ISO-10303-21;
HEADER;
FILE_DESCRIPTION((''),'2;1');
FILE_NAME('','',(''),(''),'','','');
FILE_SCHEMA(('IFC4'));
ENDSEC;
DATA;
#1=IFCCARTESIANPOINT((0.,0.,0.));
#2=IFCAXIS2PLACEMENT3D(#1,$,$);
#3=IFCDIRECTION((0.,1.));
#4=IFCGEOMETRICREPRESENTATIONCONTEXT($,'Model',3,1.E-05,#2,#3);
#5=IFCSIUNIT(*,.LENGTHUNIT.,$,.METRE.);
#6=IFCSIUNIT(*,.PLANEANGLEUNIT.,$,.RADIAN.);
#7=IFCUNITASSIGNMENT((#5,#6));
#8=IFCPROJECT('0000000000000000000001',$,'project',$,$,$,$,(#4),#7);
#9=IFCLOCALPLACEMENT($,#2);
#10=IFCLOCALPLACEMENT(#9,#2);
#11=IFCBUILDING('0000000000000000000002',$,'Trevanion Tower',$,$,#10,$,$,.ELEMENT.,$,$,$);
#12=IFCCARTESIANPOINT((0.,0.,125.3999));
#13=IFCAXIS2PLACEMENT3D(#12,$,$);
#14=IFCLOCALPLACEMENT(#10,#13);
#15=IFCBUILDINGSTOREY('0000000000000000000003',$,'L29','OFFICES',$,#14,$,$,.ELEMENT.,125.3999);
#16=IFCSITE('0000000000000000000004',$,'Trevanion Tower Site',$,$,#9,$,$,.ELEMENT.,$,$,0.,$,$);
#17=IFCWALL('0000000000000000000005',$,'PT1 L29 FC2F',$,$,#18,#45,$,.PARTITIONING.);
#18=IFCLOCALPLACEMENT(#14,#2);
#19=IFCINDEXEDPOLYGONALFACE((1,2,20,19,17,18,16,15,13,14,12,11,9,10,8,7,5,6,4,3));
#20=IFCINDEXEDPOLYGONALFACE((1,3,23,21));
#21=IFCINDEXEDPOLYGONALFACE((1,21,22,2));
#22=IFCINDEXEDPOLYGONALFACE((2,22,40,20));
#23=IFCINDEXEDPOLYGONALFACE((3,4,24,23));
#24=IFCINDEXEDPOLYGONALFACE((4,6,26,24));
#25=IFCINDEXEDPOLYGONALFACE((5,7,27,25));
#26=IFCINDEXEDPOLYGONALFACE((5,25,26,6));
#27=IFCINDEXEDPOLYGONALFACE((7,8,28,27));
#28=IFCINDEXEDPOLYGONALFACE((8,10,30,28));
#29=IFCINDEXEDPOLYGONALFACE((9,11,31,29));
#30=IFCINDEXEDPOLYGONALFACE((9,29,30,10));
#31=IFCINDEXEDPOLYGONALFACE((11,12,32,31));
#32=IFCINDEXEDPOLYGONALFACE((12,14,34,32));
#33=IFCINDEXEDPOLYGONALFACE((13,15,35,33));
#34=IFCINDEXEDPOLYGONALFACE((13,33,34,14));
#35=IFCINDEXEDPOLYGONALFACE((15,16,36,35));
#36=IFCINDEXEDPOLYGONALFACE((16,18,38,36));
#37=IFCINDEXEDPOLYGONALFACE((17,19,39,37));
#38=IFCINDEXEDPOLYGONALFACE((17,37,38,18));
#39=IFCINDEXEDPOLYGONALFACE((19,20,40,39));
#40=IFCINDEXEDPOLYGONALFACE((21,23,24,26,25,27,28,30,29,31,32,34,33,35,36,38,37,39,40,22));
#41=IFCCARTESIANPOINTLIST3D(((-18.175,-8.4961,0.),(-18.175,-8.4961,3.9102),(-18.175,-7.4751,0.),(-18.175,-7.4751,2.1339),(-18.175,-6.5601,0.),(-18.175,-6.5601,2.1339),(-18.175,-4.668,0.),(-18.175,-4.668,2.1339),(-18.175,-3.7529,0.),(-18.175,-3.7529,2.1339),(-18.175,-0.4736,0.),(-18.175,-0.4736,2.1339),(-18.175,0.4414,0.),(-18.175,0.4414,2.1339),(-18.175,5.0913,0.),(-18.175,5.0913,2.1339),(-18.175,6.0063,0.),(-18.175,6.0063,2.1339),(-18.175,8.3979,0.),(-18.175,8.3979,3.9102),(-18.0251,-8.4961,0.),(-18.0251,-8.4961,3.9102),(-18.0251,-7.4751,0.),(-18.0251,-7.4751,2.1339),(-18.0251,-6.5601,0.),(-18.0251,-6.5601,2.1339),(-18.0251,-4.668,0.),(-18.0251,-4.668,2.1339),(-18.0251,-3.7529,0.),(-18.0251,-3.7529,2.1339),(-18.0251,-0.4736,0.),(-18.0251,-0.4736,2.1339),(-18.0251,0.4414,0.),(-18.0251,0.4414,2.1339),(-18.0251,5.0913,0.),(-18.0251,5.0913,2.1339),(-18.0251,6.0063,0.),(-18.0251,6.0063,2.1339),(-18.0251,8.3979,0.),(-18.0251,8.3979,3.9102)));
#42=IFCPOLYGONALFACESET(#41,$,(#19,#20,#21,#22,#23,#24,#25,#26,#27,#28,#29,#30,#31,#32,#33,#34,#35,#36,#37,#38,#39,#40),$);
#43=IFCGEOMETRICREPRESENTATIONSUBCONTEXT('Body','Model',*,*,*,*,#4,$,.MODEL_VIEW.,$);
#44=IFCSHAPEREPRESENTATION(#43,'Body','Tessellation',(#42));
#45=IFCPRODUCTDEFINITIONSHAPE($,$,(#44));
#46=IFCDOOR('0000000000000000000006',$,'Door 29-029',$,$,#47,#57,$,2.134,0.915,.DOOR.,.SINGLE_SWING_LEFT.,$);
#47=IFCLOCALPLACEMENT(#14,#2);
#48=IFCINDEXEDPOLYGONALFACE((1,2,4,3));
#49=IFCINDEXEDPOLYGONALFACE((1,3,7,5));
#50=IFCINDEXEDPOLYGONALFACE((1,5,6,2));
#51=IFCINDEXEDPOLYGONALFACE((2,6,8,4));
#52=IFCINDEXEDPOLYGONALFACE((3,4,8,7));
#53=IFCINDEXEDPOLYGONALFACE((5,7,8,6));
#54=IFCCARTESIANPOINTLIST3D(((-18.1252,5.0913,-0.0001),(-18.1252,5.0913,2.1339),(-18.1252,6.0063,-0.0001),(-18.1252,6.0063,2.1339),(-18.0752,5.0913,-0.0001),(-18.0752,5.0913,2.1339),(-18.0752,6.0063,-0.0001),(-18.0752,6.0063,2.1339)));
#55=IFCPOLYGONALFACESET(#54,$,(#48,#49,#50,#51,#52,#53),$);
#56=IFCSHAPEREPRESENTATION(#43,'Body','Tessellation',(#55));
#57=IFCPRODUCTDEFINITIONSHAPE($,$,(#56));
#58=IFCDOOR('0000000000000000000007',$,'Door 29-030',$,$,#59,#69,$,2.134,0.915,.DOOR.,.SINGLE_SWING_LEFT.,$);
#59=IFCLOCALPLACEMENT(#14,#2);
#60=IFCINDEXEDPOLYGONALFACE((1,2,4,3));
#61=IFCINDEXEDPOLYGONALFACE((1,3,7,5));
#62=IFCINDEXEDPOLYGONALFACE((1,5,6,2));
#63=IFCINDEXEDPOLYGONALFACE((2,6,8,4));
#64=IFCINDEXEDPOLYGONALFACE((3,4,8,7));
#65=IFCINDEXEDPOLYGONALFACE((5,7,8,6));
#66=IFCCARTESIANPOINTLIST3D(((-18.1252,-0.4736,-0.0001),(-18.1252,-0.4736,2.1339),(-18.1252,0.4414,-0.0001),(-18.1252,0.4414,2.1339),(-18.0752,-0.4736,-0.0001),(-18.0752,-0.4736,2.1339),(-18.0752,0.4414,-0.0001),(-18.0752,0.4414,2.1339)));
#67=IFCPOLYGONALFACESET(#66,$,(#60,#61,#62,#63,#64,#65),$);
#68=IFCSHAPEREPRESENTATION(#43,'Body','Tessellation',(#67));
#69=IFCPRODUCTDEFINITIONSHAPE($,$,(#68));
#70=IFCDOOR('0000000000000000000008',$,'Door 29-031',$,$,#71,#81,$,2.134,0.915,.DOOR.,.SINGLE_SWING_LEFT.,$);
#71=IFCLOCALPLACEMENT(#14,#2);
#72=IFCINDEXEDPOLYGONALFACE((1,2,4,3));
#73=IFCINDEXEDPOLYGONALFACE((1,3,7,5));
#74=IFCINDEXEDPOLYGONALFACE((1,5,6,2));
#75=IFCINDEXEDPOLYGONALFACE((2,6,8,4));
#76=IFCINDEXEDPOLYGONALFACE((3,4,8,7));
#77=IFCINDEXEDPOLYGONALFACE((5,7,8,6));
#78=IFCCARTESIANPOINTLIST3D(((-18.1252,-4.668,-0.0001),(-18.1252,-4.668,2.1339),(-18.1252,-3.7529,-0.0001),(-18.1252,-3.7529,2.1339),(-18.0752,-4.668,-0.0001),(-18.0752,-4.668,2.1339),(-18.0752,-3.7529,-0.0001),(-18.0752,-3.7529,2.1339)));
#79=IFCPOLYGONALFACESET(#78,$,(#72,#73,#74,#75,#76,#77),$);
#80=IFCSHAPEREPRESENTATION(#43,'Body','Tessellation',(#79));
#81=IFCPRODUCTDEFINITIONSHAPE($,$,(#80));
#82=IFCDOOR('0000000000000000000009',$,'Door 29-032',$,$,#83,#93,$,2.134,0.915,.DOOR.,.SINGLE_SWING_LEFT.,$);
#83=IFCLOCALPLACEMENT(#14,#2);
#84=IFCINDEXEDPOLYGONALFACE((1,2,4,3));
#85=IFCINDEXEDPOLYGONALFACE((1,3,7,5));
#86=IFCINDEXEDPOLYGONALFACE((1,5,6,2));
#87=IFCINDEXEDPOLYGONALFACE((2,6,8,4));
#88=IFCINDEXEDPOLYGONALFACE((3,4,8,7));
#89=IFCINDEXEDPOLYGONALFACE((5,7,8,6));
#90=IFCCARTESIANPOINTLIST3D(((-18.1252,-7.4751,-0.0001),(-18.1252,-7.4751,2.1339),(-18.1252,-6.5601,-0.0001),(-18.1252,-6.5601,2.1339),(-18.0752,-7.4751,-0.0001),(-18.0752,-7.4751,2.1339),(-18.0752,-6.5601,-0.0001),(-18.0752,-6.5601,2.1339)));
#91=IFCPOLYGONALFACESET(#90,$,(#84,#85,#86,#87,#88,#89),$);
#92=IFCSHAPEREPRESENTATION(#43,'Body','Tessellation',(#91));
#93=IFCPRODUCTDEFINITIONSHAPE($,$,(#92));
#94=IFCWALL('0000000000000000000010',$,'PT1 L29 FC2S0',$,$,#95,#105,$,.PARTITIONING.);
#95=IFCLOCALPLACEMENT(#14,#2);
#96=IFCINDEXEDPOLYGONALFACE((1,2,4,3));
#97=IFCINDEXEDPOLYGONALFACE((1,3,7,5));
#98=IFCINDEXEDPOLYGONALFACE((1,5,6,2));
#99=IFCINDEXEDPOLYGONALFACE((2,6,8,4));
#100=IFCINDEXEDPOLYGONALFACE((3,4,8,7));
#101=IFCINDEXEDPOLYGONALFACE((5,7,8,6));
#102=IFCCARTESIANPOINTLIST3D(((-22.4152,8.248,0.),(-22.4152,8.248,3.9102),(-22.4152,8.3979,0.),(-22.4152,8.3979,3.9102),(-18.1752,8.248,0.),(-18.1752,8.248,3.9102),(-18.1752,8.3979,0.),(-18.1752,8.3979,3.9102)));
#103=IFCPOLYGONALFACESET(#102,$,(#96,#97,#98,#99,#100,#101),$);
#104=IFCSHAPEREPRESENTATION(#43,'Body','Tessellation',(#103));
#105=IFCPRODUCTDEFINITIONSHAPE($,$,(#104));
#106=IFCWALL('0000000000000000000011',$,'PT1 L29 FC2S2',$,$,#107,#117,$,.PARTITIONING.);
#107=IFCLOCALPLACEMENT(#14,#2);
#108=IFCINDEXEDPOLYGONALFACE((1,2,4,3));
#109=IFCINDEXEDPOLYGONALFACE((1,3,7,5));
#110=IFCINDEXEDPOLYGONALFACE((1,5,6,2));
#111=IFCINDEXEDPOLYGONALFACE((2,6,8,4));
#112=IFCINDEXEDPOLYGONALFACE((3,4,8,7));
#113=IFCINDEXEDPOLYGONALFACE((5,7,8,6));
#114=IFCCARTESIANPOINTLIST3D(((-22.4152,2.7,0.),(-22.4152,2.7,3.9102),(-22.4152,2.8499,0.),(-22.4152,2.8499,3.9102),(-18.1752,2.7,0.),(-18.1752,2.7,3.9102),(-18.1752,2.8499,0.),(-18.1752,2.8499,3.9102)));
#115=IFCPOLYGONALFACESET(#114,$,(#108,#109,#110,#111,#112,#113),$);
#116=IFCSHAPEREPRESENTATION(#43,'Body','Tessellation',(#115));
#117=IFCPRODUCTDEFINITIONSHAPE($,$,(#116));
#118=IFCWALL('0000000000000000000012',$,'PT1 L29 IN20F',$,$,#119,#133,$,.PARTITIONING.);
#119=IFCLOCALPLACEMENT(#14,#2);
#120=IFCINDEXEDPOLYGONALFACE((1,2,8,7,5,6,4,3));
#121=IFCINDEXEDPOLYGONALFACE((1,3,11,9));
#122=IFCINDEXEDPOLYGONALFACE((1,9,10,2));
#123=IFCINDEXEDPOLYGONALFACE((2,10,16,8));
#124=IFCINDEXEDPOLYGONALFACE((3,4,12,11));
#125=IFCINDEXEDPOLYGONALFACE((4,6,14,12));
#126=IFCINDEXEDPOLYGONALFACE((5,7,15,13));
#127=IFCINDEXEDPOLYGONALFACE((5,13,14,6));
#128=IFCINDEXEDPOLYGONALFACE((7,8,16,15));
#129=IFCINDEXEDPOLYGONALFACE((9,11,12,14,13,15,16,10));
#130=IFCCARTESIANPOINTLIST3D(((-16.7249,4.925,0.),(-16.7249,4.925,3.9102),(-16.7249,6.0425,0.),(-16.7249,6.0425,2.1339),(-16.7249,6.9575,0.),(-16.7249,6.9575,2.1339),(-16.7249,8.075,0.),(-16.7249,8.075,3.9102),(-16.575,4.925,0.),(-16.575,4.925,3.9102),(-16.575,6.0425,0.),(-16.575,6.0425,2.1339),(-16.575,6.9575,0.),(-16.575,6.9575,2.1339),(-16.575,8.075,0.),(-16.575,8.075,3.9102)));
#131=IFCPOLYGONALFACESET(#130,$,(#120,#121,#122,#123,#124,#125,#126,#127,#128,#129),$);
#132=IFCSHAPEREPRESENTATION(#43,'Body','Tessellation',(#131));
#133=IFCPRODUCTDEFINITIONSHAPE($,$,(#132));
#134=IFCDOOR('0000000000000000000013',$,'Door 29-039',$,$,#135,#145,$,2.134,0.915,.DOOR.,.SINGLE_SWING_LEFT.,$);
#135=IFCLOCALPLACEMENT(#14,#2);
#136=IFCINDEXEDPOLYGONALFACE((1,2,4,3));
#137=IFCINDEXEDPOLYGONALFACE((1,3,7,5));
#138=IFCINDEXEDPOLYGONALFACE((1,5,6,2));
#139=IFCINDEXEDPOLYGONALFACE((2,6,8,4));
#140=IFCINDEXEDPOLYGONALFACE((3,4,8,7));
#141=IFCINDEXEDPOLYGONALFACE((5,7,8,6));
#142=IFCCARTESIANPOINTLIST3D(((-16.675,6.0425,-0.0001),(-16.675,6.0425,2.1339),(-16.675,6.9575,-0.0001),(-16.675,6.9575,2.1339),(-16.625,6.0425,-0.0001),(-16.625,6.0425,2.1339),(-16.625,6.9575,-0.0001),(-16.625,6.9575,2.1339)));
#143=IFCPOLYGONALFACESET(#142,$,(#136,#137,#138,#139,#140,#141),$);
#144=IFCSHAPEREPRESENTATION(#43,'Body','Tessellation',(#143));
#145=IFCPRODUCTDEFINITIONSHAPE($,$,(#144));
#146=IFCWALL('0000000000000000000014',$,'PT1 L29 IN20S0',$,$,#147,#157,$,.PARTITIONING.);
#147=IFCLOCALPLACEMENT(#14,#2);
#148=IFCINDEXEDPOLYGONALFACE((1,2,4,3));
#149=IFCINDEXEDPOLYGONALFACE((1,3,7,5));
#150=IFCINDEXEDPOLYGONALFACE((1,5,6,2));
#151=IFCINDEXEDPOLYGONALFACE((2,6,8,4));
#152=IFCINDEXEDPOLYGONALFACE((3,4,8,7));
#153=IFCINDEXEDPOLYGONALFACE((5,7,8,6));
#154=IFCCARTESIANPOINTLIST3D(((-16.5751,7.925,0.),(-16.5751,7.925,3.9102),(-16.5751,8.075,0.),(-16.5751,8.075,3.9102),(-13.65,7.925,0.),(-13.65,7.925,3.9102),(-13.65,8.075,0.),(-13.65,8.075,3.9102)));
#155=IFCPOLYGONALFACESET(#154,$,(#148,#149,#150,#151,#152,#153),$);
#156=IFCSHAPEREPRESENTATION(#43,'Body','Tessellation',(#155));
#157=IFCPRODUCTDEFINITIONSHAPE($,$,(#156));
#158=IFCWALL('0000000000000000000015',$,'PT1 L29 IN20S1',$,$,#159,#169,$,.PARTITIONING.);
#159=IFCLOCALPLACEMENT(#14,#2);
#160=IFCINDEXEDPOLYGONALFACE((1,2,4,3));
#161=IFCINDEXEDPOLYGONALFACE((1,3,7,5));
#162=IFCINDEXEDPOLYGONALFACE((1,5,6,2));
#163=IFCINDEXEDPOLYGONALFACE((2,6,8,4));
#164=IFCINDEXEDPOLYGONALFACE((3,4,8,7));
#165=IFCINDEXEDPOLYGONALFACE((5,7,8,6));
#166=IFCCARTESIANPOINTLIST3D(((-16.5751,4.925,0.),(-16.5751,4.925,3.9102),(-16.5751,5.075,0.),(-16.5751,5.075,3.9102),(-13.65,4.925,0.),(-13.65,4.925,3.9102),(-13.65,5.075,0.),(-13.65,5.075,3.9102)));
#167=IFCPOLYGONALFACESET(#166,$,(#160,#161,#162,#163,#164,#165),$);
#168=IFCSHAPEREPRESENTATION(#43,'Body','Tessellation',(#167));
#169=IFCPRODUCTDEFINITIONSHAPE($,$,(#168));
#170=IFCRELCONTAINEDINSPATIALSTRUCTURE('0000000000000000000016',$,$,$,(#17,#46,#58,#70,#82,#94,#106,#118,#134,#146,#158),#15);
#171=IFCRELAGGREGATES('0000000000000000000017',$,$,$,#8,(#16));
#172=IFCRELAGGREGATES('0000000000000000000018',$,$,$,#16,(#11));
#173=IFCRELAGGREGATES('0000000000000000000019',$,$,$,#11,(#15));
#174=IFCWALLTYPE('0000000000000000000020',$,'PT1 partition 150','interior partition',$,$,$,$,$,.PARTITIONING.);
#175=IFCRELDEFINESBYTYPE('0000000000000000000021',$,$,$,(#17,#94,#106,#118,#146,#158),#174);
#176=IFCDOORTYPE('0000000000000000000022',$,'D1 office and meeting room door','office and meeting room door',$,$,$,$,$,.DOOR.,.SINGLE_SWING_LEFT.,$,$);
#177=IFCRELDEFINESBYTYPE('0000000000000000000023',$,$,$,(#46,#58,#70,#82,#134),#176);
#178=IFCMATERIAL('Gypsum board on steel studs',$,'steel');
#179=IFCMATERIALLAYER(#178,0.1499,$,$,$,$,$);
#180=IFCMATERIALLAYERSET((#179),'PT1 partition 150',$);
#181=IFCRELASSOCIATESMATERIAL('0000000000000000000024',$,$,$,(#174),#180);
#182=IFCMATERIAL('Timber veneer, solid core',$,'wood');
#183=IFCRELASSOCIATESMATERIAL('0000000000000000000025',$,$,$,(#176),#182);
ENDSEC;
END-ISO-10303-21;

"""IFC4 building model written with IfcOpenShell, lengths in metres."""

from ifc_helpers import new_model, si_unit, direction, frame, frame_2d, origin, place, context, subcontext, project, spatial, rectangle, extrude, material, layer, layer_set, type_object, element, fill, save


model = new_model("IFC4")

# Units and contexts
model_context = context("Model", 3, precision=1e-05, world=origin(), true_north=direction((0.0, 1.0)))
body_context = subcontext(model_context, "Body", "Model", "MODEL_VIEW")
ifc_project = project(units=[si_unit("LENGTHUNIT", "METRE"), si_unit("PLANEANGLEUNIT", "RADIAN")], contexts=[model_context])

# Site, building, storey
site_placement = place(None, origin())
site = spatial("IfcSite", under=ifc_project, at=site_placement, Name="Trevanion Tower Site", CompositionType="ELEMENT", RefElevation=0.0)
building_placement = place(site_placement, origin())
building = spatial("IfcBuilding", under=site, at=building_placement, Name="Trevanion Tower", CompositionType="ELEMENT")
storey_placement = place(building_placement, frame((0.0, 0.0, 125.3999)))
storey = spatial("IfcBuildingStorey", under=building, at=storey_placement, Name="L29", Description="OFFICES", CompositionType="ELEMENT", Elevation=125.3999)

# Wall, openings, doors
ifc_material_1 = material(Name="Gypsum board on steel studs", Category="steel")
ifc_layer_1 = layer(ifc_material_1, 0.1499)
ifc_layer_set_1 = layer_set([ifc_layer_1], Name="PT1 partition 150")
wall_type = type_object("IfcWallType", Name="PT1 partition 150", Description="interior partition", PredefinedType="PARTITIONING", material=ifc_layer_set_1)
wall_1_placement = place(storey_placement, frame((-18.1001, 8.3979, 0.0), z_axis=(0.0, 0.0, 1.0), x_axis=(0.0, -1.0, 0.0)))
wall_1 = element("IfcWall", 1, at=wall_1_placement, inside=storey, type_object=wall_type, Name="PT1 L29 FC2F", PredefinedType="PARTITIONING", context=body_context, shape_type="SweptSolid", body=[
    extrude(rectangle(XDim=16.894, YDim=0.1499, at=frame_2d((8.447, 0.0))), origin(), (0.0, 0.0, 1.0), 3.9102),
])
opening_1_placement = place(wall_1_placement, frame((2.3916, 0.0, 0.0)))
opening_1 = element("IfcOpeningElement", 2, at=opening_1_placement, cuts=wall_1, PredefinedType="OPENING", context=body_context, shape_type="SweptSolid", body=[
    extrude(rectangle(XDim=0.915, YDim=2.134, at=frame_2d((0.4575, 1.0669))), frame((0.0, 0.085, 0.0), z_axis=(0.0, -1.0, 0.0), x_axis=(1.0, 0.0, 0.0)), (0.0, 0.0, 1.0), 0.1699),
])
opening_2_placement = place(wall_1_placement, frame((7.9565, 0.0, 0.0)))
opening_2 = element("IfcOpeningElement", 3, at=opening_2_placement, cuts=wall_1, PredefinedType="OPENING", context=body_context, shape_type="SweptSolid", body=[
    extrude(rectangle(XDim=0.915, YDim=2.134, at=frame_2d((0.4575, 1.0669))), frame((0.0, 0.085, 0.0), z_axis=(0.0, -1.0, 0.0), x_axis=(1.0, 0.0, 0.0)), (0.0, 0.0, 1.0), 0.1699),
])
opening_3_placement = place(wall_1_placement, frame((12.1509, 0.0, 0.0)))
opening_3 = element("IfcOpeningElement", 4, at=opening_3_placement, cuts=wall_1, PredefinedType="OPENING", context=body_context, shape_type="SweptSolid", body=[
    extrude(rectangle(XDim=0.915, YDim=2.134, at=frame_2d((0.4575, 1.0669))), frame((0.0, 0.085, 0.0), z_axis=(0.0, -1.0, 0.0), x_axis=(1.0, 0.0, 0.0)), (0.0, 0.0, 1.0), 0.1699),
])
opening_4_placement = place(wall_1_placement, frame((14.958, 0.0, 0.0)))
opening_4 = element("IfcOpeningElement", 5, at=opening_4_placement, cuts=wall_1, PredefinedType="OPENING", context=body_context, shape_type="SweptSolid", body=[
    extrude(rectangle(XDim=0.915, YDim=2.134, at=frame_2d((0.4575, 1.0669))), frame((0.0, 0.085, 0.0), z_axis=(0.0, -1.0, 0.0), x_axis=(1.0, 0.0, 0.0)), (0.0, 0.0, 1.0), 0.1699),
])
ifc_material_2 = material(Name="Timber veneer, solid core", Category="wood")
door_type = type_object("IfcDoorType", Name="D1 office and meeting room door", Description="office and meeting room door", OperationType="SINGLE_SWING_LEFT", PredefinedType="DOOR", material=ifc_material_2)
door_1_placement = place(opening_1_placement, origin())
door_1 = element("IfcDoor", 6, at=door_1_placement, inside=storey, type_object=door_type, Name="Door 29-029", OperationType="SINGLE_SWING_LEFT", OverallHeight=2.134, OverallWidth=0.915, PredefinedType="DOOR", context=body_context, shape_type="SweptSolid", body=[
    extrude(rectangle(XDim=0.915, YDim=2.134, at=frame_2d((0.4575, 1.0669))), frame((0.0, 0.0249, 0.0), z_axis=(0.0, -1.0, 0.0), x_axis=(1.0, 0.0, 0.0)), (0.0, 0.0, 1.0), 0.05),
])
fill(opening_1, door_1)
door_2_placement = place(opening_2_placement, origin())
door_2 = element("IfcDoor", 7, at=door_2_placement, inside=storey, type_object=door_type, Name="Door 29-030", OperationType="SINGLE_SWING_LEFT", OverallHeight=2.134, OverallWidth=0.915, PredefinedType="DOOR", context=body_context, shape_type="SweptSolid", body=[
    extrude(rectangle(XDim=0.915, YDim=2.134, at=frame_2d((0.4575, 1.0669))), frame((0.0, 0.0249, 0.0), z_axis=(0.0, -1.0, 0.0), x_axis=(1.0, 0.0, 0.0)), (0.0, 0.0, 1.0), 0.05),
])
fill(opening_2, door_2)
door_3_placement = place(opening_3_placement, origin())
door_3 = element("IfcDoor", 8, at=door_3_placement, inside=storey, type_object=door_type, Name="Door 29-031", OperationType="SINGLE_SWING_LEFT", OverallHeight=2.134, OverallWidth=0.915, PredefinedType="DOOR", context=body_context, shape_type="SweptSolid", body=[
    extrude(rectangle(XDim=0.915, YDim=2.134, at=frame_2d((0.4575, 1.0669))), frame((0.0, 0.0249, 0.0), z_axis=(0.0, -1.0, 0.0), x_axis=(1.0, 0.0, 0.0)), (0.0, 0.0, 1.0), 0.05),
])
fill(opening_3, door_3)
door_4_placement = place(opening_4_placement, origin())
door_4 = element("IfcDoor", 9, at=door_4_placement, inside=storey, type_object=door_type, Name="Door 29-032", OperationType="SINGLE_SWING_LEFT", OverallHeight=2.134, OverallWidth=0.915, PredefinedType="DOOR", context=body_context, shape_type="SweptSolid", body=[
    extrude(rectangle(XDim=0.915, YDim=2.134, at=frame_2d((0.4575, 1.0669))), frame((0.0, 0.0249, 0.0), z_axis=(0.0, -1.0, 0.0), x_axis=(1.0, 0.0, 0.0)), (0.0, 0.0, 1.0), 0.05),
])
fill(opening_4, door_4)

# Walls
for number, where, z_axis, x_axis, name in (
    (10, (-18.175, 8.323, 0.0), (0.0, 0.0, 1.0), (-1.0, 0.0, 0.0), "PT1 L29 FC2S0"),
    (11, (-18.175, 2.7749, 0.0), (0.0, 0.0, 1.0), (-1.0, 0.0, 0.0), "PT1 L29 FC2S2"),
):
    element("IfcWall", number, at=place(storey_placement, frame(where, z_axis=z_axis, x_axis=x_axis)), inside=storey, type_object=wall_type, Name=name, PredefinedType="PARTITIONING", context=body_context, shape_type="SweptSolid", body=[
        extrude(rectangle(XDim=4.24, YDim=0.1499, at=frame_2d((2.1201, 0.0))), origin(), (0.0, 0.0, 1.0), 3.9102),
    ])

# Wall, opening, door
wall_2_placement = place(storey_placement, frame((-16.6499, 8.075, 0.0), z_axis=(0.0, 0.0, 1.0), x_axis=(0.0, -1.0, 0.0)))
wall_2 = element("IfcWall", 12, at=wall_2_placement, inside=storey, type_object=wall_type, Name="PT1 L29 IN20F", PredefinedType="PARTITIONING", context=body_context, shape_type="SweptSolid", body=[
    extrude(rectangle(XDim=3.1499, YDim=0.1499, at=frame_2d((1.575, 0.0))), origin(), (0.0, 0.0, 1.0), 3.9102),
])
opening_5_placement = place(wall_2_placement, frame((1.1174, 0.0, 0.0)))
opening_5 = element("IfcOpeningElement", 13, at=opening_5_placement, cuts=wall_2, PredefinedType="OPENING", context=body_context, shape_type="SweptSolid", body=[
    extrude(rectangle(XDim=0.915, YDim=2.134, at=frame_2d((0.4575, 1.0669))), frame((0.0, 0.085, 0.0), z_axis=(0.0, -1.0, 0.0), x_axis=(1.0, 0.0, 0.0)), (0.0, 0.0, 1.0), 0.1699),
])
door_5_placement = place(opening_5_placement, origin())
door_5 = element("IfcDoor", 14, at=door_5_placement, inside=storey, type_object=door_type, Name="Door 29-039", OperationType="SINGLE_SWING_LEFT", OverallHeight=2.134, OverallWidth=0.915, PredefinedType="DOOR", context=body_context, shape_type="SweptSolid", body=[
    extrude(rectangle(XDim=0.915, YDim=2.134, at=frame_2d((0.4575, 1.0669))), frame((0.0, 0.0249, 0.0), z_axis=(0.0, -1.0, 0.0), x_axis=(1.0, 0.0, 0.0)), (0.0, 0.0, 1.0), 0.05),
])
fill(opening_5, door_5)

# Walls
for number, where, z_axis, x_axis, name in (
    (15, (-16.575, 8.0, 0.0), (0.0, 0.0, 1.0), (1.0, 0.0, 0.0), "PT1 L29 IN20S0"),
    (16, (-16.575, 5.0, 0.0), (0.0, 0.0, 1.0), (1.0, 0.0, 0.0), "PT1 L29 IN20S1"),
):
    element("IfcWall", number, at=place(storey_placement, frame(where, z_axis=z_axis, x_axis=x_axis)), inside=storey, type_object=wall_type, Name=name, PredefinedType="PARTITIONING", context=body_context, shape_type="SweptSolid", body=[
        extrude(rectangle(XDim=2.925, YDim=0.1499, at=frame_2d((1.4624, 0.0))), origin(), (0.0, 0.0, 1.0), 3.9102),
    ])

save(model, "model.ifc")
